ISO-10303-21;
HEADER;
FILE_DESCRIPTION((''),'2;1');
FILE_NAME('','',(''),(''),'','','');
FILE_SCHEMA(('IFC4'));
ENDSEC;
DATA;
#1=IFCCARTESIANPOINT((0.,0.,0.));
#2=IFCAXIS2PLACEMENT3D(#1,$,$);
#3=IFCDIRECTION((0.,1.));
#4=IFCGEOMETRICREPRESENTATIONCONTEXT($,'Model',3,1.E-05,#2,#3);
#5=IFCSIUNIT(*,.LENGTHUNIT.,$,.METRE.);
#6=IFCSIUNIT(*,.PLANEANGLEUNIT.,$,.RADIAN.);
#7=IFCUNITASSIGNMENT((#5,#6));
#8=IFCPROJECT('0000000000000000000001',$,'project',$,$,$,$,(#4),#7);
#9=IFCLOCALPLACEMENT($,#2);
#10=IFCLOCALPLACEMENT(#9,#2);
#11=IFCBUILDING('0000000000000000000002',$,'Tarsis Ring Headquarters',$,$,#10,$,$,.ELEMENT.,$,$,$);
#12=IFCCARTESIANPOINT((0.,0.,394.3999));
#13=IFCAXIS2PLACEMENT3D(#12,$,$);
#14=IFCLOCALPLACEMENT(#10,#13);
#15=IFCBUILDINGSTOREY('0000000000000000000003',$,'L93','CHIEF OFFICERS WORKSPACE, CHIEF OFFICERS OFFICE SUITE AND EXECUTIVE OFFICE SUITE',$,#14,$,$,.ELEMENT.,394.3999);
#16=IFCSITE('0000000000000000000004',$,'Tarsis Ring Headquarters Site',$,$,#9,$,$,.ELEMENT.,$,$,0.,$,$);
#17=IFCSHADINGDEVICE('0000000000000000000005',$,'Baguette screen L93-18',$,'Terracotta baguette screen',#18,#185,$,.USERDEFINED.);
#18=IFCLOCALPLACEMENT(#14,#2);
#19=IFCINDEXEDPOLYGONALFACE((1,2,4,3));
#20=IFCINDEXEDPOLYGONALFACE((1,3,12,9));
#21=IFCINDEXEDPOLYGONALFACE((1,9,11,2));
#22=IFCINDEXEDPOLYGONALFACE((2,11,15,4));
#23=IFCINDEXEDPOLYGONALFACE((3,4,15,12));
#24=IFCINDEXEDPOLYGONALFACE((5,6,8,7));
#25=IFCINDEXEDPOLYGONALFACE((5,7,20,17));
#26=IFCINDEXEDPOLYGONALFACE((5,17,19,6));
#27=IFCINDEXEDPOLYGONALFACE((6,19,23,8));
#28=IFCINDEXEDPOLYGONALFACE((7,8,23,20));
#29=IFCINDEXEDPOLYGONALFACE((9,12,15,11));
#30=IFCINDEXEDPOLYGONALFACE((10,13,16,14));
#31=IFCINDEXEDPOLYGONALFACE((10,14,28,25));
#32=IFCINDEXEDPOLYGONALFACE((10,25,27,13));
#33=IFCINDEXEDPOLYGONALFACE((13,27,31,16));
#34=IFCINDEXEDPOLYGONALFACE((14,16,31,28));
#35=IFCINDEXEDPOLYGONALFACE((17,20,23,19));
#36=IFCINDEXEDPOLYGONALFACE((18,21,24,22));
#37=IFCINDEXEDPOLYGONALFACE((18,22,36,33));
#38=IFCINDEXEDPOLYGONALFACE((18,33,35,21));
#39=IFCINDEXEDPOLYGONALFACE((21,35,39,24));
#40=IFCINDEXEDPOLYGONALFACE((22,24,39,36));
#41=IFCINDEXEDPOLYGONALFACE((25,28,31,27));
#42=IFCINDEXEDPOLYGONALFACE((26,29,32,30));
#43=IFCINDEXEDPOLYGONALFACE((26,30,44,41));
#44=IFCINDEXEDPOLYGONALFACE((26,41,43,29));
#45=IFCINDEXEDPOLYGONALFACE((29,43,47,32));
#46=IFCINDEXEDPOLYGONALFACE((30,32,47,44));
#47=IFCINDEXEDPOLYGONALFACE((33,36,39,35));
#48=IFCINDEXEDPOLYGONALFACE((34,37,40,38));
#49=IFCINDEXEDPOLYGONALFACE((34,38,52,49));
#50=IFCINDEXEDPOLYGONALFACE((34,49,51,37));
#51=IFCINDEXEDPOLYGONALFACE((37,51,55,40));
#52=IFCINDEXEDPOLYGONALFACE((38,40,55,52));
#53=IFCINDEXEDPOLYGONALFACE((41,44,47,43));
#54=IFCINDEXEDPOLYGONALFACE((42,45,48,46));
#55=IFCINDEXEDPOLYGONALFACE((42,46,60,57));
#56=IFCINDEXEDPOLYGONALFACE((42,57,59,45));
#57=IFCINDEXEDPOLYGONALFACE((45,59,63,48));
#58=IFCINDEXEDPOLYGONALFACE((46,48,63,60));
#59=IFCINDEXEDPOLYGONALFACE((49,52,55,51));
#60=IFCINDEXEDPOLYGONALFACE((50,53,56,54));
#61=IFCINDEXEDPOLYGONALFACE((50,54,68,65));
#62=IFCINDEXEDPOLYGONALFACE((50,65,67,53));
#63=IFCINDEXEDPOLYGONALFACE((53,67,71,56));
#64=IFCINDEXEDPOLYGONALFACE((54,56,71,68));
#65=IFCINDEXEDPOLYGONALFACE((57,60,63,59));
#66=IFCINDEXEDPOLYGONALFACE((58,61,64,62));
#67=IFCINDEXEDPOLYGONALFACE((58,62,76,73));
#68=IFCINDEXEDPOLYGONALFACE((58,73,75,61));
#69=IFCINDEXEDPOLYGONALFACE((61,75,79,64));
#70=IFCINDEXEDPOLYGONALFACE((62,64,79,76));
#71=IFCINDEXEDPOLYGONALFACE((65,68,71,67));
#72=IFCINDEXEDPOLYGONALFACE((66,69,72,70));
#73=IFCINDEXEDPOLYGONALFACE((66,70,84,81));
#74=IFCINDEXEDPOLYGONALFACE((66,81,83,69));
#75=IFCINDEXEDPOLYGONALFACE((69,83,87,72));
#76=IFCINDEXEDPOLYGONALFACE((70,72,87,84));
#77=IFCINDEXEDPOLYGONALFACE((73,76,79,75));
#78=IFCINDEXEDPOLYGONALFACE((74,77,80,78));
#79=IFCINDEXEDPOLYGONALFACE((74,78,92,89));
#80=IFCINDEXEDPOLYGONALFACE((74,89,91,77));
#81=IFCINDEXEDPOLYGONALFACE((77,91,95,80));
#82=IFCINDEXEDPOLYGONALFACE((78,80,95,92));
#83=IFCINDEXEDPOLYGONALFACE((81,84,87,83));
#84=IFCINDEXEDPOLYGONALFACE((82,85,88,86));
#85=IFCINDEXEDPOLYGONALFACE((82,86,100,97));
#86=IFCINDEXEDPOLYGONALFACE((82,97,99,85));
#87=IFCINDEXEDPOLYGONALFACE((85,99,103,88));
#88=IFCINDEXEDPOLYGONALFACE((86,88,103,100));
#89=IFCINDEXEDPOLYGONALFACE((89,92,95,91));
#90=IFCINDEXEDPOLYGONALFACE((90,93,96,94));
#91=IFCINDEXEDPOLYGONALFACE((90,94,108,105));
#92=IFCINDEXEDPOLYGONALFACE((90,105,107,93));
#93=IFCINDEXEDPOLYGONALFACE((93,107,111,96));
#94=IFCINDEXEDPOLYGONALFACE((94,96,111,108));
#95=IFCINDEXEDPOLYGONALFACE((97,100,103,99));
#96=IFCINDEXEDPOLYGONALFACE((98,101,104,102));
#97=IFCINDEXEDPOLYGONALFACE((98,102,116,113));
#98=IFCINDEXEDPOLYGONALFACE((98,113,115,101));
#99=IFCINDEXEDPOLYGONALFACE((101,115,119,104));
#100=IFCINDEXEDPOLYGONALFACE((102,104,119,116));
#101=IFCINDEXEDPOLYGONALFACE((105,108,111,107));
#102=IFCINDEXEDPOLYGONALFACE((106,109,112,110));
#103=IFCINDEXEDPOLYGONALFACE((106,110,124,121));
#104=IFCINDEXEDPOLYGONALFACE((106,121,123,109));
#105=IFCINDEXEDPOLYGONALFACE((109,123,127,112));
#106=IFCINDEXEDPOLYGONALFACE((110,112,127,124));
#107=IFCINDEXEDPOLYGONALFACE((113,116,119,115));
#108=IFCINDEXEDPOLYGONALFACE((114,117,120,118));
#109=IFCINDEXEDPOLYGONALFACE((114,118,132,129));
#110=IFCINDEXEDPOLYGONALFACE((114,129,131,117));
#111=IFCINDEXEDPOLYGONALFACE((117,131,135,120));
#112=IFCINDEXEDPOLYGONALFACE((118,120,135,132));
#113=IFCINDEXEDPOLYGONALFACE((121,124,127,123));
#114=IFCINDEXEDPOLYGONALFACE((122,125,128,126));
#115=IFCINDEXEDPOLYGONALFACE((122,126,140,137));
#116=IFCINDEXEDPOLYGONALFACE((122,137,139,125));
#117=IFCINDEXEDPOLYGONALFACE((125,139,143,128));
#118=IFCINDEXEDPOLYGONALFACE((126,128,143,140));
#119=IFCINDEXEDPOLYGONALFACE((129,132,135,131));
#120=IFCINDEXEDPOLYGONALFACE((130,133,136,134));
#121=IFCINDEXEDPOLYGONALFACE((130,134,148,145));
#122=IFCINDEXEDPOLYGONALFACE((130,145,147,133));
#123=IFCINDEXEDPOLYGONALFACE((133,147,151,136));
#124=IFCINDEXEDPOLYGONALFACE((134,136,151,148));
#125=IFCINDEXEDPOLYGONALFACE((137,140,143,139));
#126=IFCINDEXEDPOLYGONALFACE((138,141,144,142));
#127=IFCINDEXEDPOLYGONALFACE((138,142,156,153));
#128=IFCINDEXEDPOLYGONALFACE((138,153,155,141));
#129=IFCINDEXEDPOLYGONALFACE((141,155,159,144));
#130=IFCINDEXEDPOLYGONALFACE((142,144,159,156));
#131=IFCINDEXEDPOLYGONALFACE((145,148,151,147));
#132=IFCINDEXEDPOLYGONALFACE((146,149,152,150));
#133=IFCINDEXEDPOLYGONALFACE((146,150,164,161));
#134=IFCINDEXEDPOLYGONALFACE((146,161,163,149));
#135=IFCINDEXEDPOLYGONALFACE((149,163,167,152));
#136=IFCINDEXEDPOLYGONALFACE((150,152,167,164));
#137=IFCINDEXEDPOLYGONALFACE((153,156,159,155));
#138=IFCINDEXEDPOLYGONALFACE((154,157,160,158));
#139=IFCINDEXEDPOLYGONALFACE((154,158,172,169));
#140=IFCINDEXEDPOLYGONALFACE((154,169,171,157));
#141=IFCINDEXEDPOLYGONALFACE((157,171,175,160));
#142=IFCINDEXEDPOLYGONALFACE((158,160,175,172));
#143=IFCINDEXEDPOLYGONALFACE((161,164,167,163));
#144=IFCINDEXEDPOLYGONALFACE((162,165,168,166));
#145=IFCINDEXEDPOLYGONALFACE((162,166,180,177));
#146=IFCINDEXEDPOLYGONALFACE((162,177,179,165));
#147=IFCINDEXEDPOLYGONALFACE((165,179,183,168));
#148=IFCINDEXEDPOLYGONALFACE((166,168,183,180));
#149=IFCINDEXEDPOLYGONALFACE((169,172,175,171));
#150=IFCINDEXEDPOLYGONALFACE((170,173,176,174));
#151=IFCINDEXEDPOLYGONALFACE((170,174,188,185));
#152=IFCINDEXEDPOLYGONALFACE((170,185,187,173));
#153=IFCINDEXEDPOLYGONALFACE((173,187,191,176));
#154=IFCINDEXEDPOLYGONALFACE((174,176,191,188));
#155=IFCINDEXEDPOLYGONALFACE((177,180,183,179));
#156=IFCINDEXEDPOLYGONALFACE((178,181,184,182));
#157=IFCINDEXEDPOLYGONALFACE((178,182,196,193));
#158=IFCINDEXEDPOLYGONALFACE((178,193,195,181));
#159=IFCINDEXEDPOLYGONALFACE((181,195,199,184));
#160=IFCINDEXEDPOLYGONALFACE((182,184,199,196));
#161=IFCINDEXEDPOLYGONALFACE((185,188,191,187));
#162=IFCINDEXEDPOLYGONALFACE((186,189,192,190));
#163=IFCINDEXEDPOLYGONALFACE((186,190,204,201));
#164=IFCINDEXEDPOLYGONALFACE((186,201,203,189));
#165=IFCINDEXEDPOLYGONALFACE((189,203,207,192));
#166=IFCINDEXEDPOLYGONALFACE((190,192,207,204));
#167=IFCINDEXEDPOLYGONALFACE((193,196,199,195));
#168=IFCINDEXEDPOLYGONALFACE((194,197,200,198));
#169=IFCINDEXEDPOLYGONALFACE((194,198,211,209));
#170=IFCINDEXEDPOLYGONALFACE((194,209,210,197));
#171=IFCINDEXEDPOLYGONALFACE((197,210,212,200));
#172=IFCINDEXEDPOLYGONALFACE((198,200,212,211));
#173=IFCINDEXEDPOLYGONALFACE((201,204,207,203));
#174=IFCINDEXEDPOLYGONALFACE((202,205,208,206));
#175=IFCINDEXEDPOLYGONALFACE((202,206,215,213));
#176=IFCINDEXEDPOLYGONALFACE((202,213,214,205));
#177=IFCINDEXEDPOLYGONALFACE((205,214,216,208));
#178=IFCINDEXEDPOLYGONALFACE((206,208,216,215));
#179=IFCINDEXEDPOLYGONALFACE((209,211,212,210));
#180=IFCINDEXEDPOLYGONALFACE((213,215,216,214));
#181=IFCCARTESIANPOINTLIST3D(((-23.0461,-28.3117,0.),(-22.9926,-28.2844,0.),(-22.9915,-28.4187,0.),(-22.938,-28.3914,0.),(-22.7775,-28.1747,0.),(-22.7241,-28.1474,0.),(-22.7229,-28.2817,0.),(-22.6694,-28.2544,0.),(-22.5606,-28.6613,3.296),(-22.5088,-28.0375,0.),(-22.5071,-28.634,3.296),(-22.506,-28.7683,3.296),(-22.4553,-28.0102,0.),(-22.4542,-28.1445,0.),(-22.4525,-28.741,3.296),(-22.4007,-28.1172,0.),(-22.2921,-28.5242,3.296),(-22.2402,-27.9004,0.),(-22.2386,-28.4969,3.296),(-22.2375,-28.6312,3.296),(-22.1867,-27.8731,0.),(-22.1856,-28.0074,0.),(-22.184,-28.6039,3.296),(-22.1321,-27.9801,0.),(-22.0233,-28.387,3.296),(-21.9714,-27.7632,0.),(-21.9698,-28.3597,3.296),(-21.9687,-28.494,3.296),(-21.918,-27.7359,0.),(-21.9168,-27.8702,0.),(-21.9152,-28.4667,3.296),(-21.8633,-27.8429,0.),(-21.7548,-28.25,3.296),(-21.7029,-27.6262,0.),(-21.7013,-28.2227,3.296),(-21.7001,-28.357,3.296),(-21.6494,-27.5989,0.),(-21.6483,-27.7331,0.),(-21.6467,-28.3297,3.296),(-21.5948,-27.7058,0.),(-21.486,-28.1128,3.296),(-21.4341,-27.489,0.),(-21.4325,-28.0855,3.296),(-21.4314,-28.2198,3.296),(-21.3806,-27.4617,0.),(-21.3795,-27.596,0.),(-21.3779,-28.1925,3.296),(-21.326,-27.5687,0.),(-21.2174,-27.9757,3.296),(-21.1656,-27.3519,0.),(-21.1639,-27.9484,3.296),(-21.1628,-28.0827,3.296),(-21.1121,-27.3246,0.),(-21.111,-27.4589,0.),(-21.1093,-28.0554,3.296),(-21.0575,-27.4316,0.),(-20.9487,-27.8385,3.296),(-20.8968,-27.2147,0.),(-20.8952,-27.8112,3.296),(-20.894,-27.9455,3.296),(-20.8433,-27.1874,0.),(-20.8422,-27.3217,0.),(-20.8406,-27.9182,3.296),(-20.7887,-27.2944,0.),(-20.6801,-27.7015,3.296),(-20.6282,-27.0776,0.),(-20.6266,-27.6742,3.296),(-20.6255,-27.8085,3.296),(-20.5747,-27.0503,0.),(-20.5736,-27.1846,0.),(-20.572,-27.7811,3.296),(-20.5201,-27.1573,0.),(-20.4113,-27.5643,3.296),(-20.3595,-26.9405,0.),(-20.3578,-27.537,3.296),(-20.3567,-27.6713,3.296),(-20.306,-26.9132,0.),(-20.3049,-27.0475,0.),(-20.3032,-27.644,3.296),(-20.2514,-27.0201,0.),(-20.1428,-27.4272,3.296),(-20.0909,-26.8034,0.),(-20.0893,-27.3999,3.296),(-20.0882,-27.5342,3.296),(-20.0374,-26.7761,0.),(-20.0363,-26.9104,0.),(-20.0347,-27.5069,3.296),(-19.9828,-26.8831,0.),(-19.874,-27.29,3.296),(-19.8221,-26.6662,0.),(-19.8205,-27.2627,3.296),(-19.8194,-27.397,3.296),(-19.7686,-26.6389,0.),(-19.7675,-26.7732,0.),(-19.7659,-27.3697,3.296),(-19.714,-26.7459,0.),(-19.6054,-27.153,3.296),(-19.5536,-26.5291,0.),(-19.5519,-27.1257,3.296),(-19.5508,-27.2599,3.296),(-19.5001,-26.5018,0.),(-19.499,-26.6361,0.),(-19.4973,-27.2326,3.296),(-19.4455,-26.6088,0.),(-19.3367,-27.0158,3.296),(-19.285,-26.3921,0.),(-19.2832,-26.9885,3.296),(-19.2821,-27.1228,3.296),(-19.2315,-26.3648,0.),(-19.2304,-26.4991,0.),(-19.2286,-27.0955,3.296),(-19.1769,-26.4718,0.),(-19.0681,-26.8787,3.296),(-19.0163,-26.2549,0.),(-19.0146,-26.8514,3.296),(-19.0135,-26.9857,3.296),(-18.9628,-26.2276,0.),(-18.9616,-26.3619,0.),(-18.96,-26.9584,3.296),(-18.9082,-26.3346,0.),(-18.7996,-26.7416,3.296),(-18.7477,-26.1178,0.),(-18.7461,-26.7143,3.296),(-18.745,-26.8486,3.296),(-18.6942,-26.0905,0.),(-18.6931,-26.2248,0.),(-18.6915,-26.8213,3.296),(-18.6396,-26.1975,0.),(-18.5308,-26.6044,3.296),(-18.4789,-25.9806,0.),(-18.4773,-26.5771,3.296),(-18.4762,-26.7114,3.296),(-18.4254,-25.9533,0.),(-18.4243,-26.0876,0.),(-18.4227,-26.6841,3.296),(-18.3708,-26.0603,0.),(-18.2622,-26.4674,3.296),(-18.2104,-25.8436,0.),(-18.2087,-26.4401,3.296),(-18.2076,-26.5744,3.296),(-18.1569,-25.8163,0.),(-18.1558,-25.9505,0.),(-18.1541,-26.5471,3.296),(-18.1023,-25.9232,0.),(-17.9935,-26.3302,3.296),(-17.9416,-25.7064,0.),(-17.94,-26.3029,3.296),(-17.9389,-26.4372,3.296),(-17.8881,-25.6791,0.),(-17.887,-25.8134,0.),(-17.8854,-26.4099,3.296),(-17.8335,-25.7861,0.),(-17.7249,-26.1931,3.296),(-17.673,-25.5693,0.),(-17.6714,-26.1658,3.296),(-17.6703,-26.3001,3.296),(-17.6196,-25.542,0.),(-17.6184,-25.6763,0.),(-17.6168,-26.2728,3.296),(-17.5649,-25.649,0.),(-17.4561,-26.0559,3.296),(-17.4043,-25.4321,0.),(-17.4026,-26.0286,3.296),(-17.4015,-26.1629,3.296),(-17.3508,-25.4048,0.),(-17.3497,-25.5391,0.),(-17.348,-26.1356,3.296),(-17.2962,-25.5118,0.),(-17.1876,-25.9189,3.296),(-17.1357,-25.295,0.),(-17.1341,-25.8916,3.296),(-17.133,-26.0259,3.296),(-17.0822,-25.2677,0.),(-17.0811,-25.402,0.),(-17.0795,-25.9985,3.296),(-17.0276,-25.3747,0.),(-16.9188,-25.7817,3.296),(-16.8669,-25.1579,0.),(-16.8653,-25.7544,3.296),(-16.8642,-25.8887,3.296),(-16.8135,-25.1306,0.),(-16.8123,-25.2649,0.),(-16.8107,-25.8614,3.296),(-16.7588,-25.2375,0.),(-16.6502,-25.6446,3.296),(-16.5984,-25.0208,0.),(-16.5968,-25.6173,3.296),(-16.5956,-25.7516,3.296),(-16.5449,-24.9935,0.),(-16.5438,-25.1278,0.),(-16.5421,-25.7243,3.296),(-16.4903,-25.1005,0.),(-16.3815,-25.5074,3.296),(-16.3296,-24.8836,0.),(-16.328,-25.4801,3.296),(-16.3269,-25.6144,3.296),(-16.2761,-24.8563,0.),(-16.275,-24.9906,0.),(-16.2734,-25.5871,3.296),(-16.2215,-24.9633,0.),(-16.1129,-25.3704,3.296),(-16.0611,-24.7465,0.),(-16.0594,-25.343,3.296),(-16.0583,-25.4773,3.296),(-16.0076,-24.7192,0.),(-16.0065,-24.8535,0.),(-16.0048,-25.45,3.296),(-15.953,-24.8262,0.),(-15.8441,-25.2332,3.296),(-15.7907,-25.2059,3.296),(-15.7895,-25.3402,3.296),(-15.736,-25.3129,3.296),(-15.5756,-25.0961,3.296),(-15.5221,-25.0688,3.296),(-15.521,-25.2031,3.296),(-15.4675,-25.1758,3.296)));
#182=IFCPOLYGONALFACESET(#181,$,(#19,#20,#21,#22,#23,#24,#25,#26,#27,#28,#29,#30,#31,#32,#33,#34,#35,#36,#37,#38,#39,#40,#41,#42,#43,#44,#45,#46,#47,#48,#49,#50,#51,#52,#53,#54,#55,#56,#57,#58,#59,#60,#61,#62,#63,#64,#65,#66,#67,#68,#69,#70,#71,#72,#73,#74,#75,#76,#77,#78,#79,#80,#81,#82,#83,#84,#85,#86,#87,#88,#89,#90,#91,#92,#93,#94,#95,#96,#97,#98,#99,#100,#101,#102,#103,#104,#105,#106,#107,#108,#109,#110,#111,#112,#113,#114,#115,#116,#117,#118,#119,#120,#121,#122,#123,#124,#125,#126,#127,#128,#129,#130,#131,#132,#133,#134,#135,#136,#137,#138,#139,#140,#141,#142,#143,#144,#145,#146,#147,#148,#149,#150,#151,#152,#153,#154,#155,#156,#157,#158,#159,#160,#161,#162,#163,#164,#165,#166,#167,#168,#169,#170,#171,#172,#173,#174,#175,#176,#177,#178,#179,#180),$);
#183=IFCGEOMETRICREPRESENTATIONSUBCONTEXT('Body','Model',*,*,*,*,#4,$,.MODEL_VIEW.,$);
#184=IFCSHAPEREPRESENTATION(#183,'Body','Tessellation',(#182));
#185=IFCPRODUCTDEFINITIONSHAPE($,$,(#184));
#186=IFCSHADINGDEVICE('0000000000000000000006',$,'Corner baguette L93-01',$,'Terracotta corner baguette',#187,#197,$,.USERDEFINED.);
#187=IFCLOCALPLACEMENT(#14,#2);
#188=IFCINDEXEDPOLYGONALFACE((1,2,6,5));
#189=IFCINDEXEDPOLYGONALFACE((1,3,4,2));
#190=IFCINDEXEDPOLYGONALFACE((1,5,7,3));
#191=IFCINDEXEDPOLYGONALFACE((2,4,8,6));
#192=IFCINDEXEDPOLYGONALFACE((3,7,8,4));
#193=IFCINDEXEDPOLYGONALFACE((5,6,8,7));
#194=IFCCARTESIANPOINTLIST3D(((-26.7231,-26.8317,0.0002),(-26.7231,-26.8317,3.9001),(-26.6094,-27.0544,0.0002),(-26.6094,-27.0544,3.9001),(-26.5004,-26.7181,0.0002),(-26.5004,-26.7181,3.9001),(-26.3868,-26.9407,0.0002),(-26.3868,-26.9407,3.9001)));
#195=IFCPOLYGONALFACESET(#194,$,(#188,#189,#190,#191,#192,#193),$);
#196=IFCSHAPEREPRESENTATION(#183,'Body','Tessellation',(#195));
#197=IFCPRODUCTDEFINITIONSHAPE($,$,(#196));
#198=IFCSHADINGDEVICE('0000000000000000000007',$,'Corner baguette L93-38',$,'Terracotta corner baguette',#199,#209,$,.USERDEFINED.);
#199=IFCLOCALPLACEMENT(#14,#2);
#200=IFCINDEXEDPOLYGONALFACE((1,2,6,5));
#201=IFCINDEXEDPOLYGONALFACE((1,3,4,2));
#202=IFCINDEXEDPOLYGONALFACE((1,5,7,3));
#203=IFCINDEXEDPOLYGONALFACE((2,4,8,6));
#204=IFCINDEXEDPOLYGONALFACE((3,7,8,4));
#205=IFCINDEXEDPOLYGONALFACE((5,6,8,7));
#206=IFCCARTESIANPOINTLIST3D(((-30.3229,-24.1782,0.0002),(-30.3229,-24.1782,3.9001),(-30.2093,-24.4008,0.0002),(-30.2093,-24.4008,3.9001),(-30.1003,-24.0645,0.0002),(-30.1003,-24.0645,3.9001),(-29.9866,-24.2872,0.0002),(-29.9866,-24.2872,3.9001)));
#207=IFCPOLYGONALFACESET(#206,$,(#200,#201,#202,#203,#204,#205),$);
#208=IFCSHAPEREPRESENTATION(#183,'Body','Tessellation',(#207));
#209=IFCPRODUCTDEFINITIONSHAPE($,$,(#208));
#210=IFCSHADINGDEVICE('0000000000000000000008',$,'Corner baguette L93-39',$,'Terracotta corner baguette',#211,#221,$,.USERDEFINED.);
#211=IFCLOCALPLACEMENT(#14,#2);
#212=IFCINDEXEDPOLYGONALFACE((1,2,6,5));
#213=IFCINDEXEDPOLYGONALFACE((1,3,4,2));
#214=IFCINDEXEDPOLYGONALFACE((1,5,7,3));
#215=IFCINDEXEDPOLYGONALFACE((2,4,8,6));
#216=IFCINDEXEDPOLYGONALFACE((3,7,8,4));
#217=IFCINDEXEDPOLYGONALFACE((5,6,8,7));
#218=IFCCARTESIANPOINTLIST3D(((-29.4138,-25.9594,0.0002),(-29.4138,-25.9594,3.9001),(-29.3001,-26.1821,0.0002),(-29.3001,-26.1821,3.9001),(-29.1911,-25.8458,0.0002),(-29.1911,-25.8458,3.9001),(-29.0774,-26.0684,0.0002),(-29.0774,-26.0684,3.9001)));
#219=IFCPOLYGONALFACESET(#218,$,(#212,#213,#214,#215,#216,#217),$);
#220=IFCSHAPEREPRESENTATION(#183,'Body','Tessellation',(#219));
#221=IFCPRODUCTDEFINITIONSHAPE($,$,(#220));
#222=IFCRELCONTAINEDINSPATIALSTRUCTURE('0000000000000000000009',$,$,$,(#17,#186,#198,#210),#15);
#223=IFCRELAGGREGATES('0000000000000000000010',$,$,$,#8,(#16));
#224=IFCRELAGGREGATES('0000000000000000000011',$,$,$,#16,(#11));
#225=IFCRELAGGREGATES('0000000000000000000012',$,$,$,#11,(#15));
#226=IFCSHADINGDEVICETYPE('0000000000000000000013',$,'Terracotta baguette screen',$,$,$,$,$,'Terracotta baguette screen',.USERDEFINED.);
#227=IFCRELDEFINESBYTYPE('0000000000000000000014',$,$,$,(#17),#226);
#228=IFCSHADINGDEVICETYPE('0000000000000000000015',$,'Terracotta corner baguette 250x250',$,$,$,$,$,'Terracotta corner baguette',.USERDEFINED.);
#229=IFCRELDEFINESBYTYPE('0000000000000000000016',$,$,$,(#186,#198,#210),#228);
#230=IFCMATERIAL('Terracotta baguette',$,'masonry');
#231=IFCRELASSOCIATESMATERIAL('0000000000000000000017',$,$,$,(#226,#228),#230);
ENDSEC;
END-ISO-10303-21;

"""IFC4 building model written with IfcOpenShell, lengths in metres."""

from ifc_helpers import new_model, si_unit, direction, frame, frame_2d, origin, origin_2d, place, context, subcontext, project, spatial, rectangle, composite_profile, extrude, material, type_object, element, save


model = new_model("IFC4")

# Units and contexts
model_context = context("Model", 3, precision=1e-05, world=origin(), true_north=direction((0.0, 1.0)))
body_context = subcontext(model_context, "Body", "Model", "MODEL_VIEW")
ifc_project = project(units=[si_unit("LENGTHUNIT", "METRE"), si_unit("PLANEANGLEUNIT", "RADIAN")], contexts=[model_context])

# Site, building, storey
site_placement = place(None, origin())
site = spatial("IfcSite", under=ifc_project, at=site_placement, Name="Tarsis Ring Headquarters Site", CompositionType="ELEMENT", RefElevation=0.0)
building_placement = place(site_placement, origin())
building = spatial("IfcBuilding", under=site, at=building_placement, Name="Tarsis Ring Headquarters", CompositionType="ELEMENT")
storey_placement = place(building_placement, frame((0.0, 0.0, 394.3999)))
storey = spatial("IfcBuildingStorey", under=building, at=storey_placement, Name="L93", Description="CHIEF OFFICERS WORKSPACE, CHIEF OFFICERS OFFICE SUITE AND EXECUTIVE OFFICE SUITE", CompositionType="ELEMENT", Elevation=394.3999)

# Shading devices
ifc_material_1 = material(Name="Terracotta baguette", Category="masonry")
shading_device_type_1 = type_object("IfcShadingDeviceType", Name="Terracotta baguette screen", ElementType="Terracotta baguette screen", PredefinedType="USERDEFINED", material=ifc_material_1)
shading_device_placement = place(storey_placement, frame((-23.0188, -28.3652, 0.0), z_axis=(0.0, 0.0, 1.0), x_axis=(0.890695, 0.454616, 0.0)))
element("IfcShadingDevice", 1, at=shading_device_placement, inside=storey, type_object=shading_device_type_1, Name="Baguette screen L93-18", ObjectType="Terracotta baguette screen", PredefinedType="USERDEFINED", context=body_context, shape_type="SweptSolid", body=[
    extrude(composite_profile([rectangle(XDim=0.0601, YDim=0.1201, at=frame_2d((0.03, 0.0))), rectangle(XDim=0.0601, YDim=0.1201, at=frame_2d((0.3315, 0.0))), rectangle(XDim=0.0601, YDim=0.1201, at=frame_2d((0.6333, 0.0))), rectangle(XDim=0.0601, YDim=0.1201, at=frame_2d((0.9348, 0.0))), rectangle(XDim=0.0601, YDim=0.1201, at=frame_2d((1.2366, 0.0))), rectangle(XDim=0.0601, YDim=0.1201, at=frame_2d((1.5381, 0.0))), rectangle(XDim=0.0601, YDim=0.1201, at=frame_2d((1.8398, 0.0))), rectangle(XDim=0.0601, YDim=0.1201, at=frame_2d((2.1414, 0.0))), rectangle(XDim=0.0601, YDim=0.1201, at=frame_2d((2.4431, 0.0))), rectangle(XDim=0.0601, YDim=0.1201, at=frame_2d((2.7446, 0.0))), rectangle(XDim=0.0601, YDim=0.1201, at=frame_2d((3.0464, 0.0))), rectangle(XDim=0.0601, YDim=0.1201, at=frame_2d((3.3479, 0.0))), rectangle(XDim=0.0601, YDim=0.1201, at=frame_2d((3.6497, 0.0))), rectangle(XDim=0.0601, YDim=0.1201, at=frame_2d((3.9512, 0.0))), rectangle(XDim=0.0601, YDim=0.1201, at=frame_2d((4.2527, 0.0))), rectangle(XDim=0.0601, YDim=0.1201, at=frame_2d((4.5544, 0.0))), rectangle(XDim=0.0601, YDim=0.1201, at=frame_2d((4.856, 0.0))), rectangle(XDim=0.0601, YDim=0.1201, at=frame_2d((5.1577, 0.0))), rectangle(XDim=0.0601, YDim=0.1201, at=frame_2d((5.4592, 0.0))), rectangle(XDim=0.0601, YDim=0.1201, at=frame_2d((5.761, 0.0))), rectangle(XDim=0.0601, YDim=0.1201, at=frame_2d((6.0625, 0.0))), rectangle(XDim=0.0601, YDim=0.1201, at=frame_2d((6.3643, 0.0))), rectangle(XDim=0.0601, YDim=0.1201, at=frame_2d((6.6658, 0.0))), rectangle(XDim=0.0601, YDim=0.1201, at=frame_2d((6.9675, 0.0))), rectangle(XDim=0.0601, YDim=0.1201, at=frame_2d((7.269, 0.0))), rectangle(XDim=0.0601, YDim=0.1201, at=frame_2d((7.5708, 0.0))), rectangle(XDim=0.0601, YDim=0.1201, at=frame_2d((7.8723, 0.0)))]), origin(), (0.081642, -0.158828, 0.983925), 3.3499),
])
shading_device_type_2 = type_object("IfcShadingDeviceType", Name="Terracotta corner baguette 250x250", ElementType="Terracotta corner baguette", PredefinedType="USERDEFINED", material=ifc_material_1)
for number, where, z_axis, x_axis, name in (
    (2, (-26.5549, -26.8862, 0.0002), (0.0, 0.0, 1.0), (0.454612, -0.890689, 0.0), "Corner baguette L93-01"),
    (3, (-30.1548, -24.2327, 0.0002), (0.0, 0.0, 1.0), (0.890689, 0.454612, 0.0), "Corner baguette L93-38"),
    (4, (-29.2456, -26.0139, 0.0002), (0.0, 0.0, 1.0), (0.454612, -0.89069, 0.0), "Corner baguette L93-39"),
):
    element("IfcShadingDevice", number, at=place(storey_placement, frame(where, z_axis=z_axis, x_axis=x_axis)), inside=storey, type_object=shading_device_type_2, Name=name, ObjectType="Terracotta corner baguette", PredefinedType="USERDEFINED", context=body_context, shape_type="SweptSolid", body=[
        extrude(rectangle(XDim=0.25, YDim=0.25, at=origin_2d()), origin(), (0.0, 0.0, 1.0), 3.8999),
    ])

save(model, "model.ifc")
